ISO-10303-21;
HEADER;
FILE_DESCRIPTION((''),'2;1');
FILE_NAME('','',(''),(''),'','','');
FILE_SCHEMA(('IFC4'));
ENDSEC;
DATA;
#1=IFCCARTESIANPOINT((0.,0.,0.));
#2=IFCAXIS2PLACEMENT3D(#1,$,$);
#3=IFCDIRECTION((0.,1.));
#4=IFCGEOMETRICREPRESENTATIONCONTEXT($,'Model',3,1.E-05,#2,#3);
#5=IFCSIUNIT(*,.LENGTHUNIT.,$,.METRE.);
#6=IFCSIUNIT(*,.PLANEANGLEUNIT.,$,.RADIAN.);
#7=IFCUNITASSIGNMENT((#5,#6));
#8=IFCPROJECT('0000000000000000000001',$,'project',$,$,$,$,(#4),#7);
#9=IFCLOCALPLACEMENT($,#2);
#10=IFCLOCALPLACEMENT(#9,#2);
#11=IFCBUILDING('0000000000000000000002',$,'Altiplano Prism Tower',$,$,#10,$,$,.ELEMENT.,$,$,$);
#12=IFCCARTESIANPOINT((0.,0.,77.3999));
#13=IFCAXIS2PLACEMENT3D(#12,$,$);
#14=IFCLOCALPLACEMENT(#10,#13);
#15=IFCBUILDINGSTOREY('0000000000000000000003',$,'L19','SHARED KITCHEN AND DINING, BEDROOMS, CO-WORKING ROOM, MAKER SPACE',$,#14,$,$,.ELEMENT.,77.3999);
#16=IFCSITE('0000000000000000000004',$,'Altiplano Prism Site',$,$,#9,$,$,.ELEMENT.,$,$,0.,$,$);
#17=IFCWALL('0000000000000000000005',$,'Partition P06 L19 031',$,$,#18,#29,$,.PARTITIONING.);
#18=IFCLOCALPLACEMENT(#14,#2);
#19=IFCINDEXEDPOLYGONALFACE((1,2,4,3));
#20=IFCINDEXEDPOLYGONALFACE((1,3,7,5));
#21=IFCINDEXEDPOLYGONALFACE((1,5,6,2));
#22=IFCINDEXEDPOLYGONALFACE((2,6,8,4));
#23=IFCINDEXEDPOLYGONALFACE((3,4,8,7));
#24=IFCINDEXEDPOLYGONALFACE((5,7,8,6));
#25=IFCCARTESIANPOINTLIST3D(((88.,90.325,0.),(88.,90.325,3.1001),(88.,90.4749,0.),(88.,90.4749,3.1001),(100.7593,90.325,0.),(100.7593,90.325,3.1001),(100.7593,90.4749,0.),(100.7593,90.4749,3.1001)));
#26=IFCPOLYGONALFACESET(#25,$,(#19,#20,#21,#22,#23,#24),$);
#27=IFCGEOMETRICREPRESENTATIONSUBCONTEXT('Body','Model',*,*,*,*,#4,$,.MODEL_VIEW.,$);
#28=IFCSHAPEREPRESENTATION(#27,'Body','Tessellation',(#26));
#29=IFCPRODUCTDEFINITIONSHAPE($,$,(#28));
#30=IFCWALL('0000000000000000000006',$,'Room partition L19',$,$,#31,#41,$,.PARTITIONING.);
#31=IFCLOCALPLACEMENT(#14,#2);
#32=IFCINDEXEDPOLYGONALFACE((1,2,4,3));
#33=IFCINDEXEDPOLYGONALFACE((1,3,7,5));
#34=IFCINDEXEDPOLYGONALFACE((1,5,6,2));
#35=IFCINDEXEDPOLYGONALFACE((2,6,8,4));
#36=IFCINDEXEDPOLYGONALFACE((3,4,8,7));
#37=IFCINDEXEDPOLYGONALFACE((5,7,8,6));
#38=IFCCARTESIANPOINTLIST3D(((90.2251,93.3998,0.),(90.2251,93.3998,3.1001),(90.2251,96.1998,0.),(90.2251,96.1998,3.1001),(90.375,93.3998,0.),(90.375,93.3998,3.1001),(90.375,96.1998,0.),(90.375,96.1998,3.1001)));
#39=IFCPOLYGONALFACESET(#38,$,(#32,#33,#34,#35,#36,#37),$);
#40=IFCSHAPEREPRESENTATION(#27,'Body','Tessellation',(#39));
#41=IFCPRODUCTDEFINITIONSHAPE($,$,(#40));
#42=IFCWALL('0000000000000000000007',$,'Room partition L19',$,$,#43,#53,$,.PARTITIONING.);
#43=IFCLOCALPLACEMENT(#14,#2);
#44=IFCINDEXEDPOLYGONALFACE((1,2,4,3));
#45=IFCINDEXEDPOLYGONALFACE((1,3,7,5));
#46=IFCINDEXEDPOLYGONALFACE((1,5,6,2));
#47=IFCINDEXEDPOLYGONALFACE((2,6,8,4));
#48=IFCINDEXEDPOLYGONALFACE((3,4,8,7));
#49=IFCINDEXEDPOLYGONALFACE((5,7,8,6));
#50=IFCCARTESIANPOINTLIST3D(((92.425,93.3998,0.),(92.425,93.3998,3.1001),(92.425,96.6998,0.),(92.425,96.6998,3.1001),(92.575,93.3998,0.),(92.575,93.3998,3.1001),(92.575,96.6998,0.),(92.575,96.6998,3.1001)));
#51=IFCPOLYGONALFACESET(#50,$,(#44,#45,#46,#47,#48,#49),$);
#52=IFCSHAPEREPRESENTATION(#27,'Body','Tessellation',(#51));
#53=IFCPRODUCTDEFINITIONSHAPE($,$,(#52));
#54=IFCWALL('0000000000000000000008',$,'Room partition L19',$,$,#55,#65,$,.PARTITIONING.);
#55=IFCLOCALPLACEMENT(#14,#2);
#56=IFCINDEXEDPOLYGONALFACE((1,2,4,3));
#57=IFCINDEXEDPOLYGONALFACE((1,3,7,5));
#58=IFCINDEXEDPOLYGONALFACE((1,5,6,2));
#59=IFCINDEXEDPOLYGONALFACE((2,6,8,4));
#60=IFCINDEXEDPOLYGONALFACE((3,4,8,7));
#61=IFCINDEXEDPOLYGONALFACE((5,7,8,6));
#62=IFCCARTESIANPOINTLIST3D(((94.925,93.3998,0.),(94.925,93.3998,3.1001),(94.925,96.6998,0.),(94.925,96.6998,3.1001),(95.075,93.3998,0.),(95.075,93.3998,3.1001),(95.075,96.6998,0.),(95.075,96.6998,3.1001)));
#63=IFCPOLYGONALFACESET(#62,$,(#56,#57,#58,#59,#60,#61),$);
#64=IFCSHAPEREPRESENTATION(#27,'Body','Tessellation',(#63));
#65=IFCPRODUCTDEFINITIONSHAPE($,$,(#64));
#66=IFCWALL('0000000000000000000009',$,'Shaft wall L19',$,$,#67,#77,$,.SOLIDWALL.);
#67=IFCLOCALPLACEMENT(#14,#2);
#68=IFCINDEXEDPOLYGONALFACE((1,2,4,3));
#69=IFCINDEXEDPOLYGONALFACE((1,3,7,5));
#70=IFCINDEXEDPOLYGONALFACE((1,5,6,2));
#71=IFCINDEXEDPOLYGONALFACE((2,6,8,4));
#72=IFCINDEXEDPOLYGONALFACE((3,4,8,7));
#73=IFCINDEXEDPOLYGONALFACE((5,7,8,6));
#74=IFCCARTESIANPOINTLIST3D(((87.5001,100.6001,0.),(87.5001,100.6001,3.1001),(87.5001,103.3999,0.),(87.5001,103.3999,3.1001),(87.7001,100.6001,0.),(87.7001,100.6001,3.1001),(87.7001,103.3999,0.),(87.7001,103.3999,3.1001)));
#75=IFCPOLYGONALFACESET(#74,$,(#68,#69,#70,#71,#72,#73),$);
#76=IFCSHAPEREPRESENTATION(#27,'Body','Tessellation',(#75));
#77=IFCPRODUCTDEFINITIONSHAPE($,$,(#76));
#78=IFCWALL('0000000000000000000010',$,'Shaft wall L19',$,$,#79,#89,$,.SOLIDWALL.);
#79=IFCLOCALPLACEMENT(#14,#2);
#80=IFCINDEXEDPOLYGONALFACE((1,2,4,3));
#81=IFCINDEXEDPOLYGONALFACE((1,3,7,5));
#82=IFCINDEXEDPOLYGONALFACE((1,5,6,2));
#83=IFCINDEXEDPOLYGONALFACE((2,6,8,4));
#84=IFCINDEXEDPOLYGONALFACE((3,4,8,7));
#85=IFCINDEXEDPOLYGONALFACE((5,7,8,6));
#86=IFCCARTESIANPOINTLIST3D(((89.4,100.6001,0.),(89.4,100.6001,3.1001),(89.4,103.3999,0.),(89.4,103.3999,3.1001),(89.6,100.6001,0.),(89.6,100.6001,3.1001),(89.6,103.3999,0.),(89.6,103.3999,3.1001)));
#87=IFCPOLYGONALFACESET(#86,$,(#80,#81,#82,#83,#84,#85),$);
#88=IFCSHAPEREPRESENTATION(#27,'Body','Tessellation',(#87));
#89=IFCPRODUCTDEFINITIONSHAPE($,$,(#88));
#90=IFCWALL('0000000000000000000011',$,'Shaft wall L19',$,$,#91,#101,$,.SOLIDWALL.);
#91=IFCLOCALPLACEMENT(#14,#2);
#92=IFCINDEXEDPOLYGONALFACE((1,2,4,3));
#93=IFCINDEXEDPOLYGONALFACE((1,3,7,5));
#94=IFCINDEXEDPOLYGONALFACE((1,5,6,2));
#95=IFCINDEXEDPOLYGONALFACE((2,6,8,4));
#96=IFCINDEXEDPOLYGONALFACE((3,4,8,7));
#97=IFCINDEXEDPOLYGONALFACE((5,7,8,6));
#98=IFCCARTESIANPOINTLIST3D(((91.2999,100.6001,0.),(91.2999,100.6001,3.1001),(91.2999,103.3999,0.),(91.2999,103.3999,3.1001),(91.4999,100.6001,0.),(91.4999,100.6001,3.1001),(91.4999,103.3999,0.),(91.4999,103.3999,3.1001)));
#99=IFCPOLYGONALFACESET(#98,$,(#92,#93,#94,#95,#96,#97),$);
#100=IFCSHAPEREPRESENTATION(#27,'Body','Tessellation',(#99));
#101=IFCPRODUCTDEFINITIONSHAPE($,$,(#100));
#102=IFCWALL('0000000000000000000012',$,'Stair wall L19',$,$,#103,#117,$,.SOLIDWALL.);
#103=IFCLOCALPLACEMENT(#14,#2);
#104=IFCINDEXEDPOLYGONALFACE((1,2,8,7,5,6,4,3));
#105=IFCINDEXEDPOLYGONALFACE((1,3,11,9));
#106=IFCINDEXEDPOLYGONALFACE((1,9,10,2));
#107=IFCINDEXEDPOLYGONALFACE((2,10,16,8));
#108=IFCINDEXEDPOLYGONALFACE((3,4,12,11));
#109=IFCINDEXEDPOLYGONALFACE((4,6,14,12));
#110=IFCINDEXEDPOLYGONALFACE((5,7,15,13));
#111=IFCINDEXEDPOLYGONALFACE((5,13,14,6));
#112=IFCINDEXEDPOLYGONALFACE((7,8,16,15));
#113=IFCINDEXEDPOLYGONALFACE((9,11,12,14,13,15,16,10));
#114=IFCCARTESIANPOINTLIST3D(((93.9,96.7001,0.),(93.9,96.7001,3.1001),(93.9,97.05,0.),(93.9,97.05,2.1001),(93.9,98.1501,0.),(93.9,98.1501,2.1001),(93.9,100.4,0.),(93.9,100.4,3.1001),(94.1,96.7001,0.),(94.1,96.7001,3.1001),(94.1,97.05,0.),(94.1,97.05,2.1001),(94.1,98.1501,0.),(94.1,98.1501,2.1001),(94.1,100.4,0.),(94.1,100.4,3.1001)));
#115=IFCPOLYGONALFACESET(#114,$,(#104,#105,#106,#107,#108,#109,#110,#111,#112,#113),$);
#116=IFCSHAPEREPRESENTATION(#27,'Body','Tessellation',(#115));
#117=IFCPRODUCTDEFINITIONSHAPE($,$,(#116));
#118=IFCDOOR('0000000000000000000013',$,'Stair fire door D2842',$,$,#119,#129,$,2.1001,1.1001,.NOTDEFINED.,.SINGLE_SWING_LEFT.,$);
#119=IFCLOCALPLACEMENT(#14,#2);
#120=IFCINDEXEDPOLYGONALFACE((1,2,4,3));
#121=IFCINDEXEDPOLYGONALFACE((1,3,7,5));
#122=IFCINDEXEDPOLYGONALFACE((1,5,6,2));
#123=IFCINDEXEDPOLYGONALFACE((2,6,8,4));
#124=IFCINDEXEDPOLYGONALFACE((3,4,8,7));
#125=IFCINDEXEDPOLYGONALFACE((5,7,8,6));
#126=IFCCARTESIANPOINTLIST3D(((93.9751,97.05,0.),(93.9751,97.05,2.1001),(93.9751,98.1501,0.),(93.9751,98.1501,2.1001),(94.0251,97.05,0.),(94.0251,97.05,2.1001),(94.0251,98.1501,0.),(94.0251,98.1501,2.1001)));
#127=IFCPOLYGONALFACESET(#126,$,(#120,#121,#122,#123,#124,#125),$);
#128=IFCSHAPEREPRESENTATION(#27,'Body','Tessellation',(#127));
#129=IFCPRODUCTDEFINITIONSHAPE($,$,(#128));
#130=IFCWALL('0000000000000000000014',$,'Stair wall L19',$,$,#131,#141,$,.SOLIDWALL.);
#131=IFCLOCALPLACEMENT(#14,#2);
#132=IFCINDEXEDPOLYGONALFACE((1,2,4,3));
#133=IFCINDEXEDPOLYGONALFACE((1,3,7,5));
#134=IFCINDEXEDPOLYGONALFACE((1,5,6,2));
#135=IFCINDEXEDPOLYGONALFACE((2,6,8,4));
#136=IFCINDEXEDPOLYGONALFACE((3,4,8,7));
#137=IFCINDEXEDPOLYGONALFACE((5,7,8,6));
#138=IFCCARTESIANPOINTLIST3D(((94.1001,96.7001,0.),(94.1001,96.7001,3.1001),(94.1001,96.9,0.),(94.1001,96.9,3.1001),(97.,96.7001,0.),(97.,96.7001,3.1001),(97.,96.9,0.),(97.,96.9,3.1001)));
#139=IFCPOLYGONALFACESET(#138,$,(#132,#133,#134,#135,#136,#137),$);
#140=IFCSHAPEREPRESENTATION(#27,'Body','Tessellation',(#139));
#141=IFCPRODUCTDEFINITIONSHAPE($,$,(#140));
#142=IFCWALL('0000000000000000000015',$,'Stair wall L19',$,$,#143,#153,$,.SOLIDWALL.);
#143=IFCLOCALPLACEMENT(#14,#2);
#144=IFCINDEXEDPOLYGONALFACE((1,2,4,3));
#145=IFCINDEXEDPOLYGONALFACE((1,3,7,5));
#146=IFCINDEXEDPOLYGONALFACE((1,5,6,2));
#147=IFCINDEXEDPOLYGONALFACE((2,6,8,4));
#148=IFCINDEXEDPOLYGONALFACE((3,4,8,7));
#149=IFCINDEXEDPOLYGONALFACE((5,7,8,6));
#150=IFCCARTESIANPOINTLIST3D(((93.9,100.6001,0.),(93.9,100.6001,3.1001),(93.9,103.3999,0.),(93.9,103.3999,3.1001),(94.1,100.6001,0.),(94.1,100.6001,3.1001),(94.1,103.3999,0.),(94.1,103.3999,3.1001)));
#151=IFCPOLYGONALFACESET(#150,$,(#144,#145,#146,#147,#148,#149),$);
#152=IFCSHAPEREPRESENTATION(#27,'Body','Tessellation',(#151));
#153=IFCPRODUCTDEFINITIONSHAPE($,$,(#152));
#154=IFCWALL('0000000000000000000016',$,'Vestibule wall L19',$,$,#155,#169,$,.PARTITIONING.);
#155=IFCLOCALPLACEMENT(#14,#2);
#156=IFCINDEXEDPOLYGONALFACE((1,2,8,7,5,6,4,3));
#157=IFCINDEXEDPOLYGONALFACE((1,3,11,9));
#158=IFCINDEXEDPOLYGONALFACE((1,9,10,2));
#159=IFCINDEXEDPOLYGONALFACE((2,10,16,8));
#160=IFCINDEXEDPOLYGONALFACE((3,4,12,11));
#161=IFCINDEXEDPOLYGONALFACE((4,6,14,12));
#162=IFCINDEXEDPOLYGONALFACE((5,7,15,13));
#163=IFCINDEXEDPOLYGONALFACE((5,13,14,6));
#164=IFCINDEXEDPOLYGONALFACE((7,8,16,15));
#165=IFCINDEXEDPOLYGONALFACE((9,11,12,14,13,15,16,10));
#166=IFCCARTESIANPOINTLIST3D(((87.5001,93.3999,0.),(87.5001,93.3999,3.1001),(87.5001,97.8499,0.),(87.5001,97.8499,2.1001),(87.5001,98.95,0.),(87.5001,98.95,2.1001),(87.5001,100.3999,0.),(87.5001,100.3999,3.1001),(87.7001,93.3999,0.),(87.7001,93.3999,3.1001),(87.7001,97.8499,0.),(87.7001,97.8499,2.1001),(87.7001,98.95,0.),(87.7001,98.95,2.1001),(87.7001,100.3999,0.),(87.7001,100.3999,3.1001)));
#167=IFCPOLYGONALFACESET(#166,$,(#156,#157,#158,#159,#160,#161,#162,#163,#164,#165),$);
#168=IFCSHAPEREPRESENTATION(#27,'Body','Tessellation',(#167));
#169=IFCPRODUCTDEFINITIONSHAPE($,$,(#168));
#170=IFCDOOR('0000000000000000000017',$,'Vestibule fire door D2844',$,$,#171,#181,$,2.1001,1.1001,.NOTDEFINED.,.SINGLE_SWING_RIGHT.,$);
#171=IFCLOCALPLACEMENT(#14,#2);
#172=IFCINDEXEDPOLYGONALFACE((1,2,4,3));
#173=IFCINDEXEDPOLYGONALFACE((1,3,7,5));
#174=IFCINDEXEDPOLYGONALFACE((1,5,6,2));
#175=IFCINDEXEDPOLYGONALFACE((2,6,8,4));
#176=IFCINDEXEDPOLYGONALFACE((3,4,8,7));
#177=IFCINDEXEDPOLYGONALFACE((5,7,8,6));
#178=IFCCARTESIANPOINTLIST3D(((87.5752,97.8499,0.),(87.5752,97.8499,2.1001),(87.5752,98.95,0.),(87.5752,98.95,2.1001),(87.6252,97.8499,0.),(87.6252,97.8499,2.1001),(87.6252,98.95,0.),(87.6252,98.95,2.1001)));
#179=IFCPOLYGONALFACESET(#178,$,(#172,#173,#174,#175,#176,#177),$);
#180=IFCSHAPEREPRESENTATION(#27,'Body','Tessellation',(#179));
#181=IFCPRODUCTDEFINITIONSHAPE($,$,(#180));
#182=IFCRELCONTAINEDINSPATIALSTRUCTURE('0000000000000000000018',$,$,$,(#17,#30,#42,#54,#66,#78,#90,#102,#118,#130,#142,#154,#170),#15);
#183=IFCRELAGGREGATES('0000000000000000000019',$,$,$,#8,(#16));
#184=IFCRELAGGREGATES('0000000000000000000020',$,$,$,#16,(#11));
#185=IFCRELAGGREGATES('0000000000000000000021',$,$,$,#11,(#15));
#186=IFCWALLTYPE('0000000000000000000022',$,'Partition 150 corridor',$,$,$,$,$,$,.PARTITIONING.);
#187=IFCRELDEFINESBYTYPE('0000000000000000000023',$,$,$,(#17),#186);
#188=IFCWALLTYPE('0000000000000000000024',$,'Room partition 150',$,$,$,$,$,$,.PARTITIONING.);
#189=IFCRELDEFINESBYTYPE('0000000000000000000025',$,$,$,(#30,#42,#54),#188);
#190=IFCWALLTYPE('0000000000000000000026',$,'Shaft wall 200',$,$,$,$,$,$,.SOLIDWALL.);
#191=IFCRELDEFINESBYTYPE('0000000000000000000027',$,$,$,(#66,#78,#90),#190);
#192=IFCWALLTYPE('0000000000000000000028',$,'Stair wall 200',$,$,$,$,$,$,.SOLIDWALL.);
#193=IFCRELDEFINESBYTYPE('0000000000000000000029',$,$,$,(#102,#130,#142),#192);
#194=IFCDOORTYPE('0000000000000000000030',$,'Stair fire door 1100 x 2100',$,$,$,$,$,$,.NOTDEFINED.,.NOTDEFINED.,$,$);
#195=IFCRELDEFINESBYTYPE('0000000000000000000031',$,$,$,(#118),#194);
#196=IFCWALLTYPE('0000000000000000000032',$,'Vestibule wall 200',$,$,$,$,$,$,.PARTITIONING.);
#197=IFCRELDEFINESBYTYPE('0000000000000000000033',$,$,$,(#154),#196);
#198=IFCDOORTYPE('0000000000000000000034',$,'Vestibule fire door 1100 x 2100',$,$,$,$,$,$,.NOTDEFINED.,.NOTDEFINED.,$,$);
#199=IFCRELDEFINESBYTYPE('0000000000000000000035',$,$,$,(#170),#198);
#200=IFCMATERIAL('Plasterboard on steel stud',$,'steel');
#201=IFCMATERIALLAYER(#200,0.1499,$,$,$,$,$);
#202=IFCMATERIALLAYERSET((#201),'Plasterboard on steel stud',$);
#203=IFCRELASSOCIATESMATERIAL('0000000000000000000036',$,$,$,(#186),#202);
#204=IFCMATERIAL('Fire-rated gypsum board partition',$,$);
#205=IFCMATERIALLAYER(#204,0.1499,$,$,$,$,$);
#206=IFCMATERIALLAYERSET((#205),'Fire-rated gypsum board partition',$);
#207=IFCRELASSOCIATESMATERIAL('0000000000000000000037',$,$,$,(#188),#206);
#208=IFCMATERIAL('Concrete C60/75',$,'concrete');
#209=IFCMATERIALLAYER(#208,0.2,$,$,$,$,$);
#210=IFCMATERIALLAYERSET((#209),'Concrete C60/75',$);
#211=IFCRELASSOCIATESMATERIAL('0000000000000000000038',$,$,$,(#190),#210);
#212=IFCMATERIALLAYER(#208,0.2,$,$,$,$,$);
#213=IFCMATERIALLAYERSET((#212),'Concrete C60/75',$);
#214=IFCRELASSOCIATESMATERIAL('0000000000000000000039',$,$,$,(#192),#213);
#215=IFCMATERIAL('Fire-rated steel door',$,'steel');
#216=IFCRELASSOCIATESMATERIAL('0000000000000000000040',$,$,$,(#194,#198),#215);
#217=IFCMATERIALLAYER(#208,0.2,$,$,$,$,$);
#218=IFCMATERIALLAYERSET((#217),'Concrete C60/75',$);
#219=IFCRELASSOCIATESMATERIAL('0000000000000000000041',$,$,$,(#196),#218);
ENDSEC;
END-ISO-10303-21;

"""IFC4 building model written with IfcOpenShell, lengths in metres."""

from ifc_helpers import new_model, si_unit, direction, frame, frame_2d, origin, place, context, subcontext, project, spatial, rectangle, extrude, material, layer, layer_set, type_object, element, fill, save


model = new_model("IFC4")

# Units and contexts
model_context = context("Model", 3, precision=1e-05, world=origin(), true_north=direction((0.0, 1.0)))
body_context = subcontext(model_context, "Body", "Model", "MODEL_VIEW")
ifc_project = project(units=[si_unit("LENGTHUNIT", "METRE"), si_unit("PLANEANGLEUNIT", "RADIAN")], contexts=[model_context])

# Site, building, storey
site_placement = place(None, origin())
site = spatial("IfcSite", under=ifc_project, at=site_placement, Name="Altiplano Prism Site", CompositionType="ELEMENT", RefElevation=0.0)
building_placement = place(site_placement, origin())
building = spatial("IfcBuilding", under=site, at=building_placement, Name="Altiplano Prism Tower", CompositionType="ELEMENT")
storey_placement = place(building_placement, frame((0.0, 0.0, 77.3999)))
storey = spatial("IfcBuildingStorey", under=building, at=storey_placement, Name="L19", Description="SHARED KITCHEN AND DINING, BEDROOMS, CO-WORKING ROOM, MAKER SPACE", CompositionType="ELEMENT", Elevation=77.3999)

# Walls
ifc_material_1 = material(Name="Plasterboard on steel stud", Category="steel")
ifc_layer_1 = layer(ifc_material_1, 0.1499)
ifc_layer_set_1 = layer_set([ifc_layer_1], Name="Plasterboard on steel stud")
wall_type_1 = type_object("IfcWallType", Name="Partition 150 corridor", PredefinedType="PARTITIONING", material=ifc_layer_set_1)
wall_1_placement = place(storey_placement, frame((88.0, 90.3999, 0.0), z_axis=(0.0, 0.0, 1.0), x_axis=(1.0, 0.0, 0.0)))
element("IfcWall", 1, at=wall_1_placement, inside=storey, type_object=wall_type_1, Name="Partition P06 L19 031", PredefinedType="PARTITIONING", context=body_context, shape_type="SweptSolid", body=[
    extrude(rectangle(XDim=12.7593, YDim=0.1499, at=frame_2d((6.3796, 0.0))), origin(), (0.0, 0.0, 1.0), 3.1001),
])
ifc_material_2 = material(Name="Fire-rated gypsum board partition")
ifc_layer_2 = layer(ifc_material_2, 0.1499)
ifc_layer_set_2 = layer_set([ifc_layer_2], Name="Fire-rated gypsum board partition")
wall_type_2 = type_object("IfcWallType", Name="Room partition 150", PredefinedType="PARTITIONING", material=ifc_layer_set_2)
wall_2_placement = place(storey_placement, frame((90.3, 93.3999, 0.0), z_axis=(0.0, 0.0, 1.0), x_axis=(0.0, 1.0, 0.0)))
element("IfcWall", 2, at=wall_2_placement, inside=storey, type_object=wall_type_2, Name="Room partition L19", PredefinedType="PARTITIONING", context=body_context, shape_type="SweptSolid", body=[
    extrude(rectangle(XDim=2.8, YDim=0.1499, at=frame_2d((1.3999, 0.0))), origin(), (0.0, 0.0, 1.0), 3.1001),
])
for number, where, z_axis, x_axis, name in (
    (3, (92.5, 93.3999, 0.0), (0.0, 0.0, 1.0), (0.0, 1.0, 0.0), "Room partition L19"),
    (4, (95.0, 93.3999, 0.0), (0.0, 0.0, 1.0), (0.0, 1.0, 0.0), "Room partition L19"),
):
    element("IfcWall", number, at=place(storey_placement, frame(where, z_axis=z_axis, x_axis=x_axis)), inside=storey, type_object=wall_type_2, Name=name, PredefinedType="PARTITIONING", context=body_context, shape_type="SweptSolid", body=[
        extrude(rectangle(XDim=3.3, YDim=0.1499, at=frame_2d((1.6499, 0.0))), origin(), (0.0, 0.0, 1.0), 3.1001),
    ])
ifc_material_3 = material(Name="Concrete C60/75", Category="concrete")
ifc_layer_3 = layer(ifc_material_3, 0.2)
ifc_layer_set_3 = layer_set([ifc_layer_3], Name="Concrete C60/75")
wall_type_3 = type_object("IfcWallType", Name="Shaft wall 200", PredefinedType="SOLIDWALL", material=ifc_layer_set_3)
for number, where, z_axis, x_axis, name in (
    (5, (87.6001, 100.6001, 0.0), (0.0, 0.0, 1.0), (0.0, 1.0, 0.0), "Shaft wall L19"),
    (6, (89.5, 100.6001, 0.0), (0.0, 0.0, 1.0), (0.0, 1.0, 0.0), "Shaft wall L19"),
    (7, (91.3999, 100.6001, 0.0), (0.0, 0.0, 1.0), (0.0, 1.0, 0.0), "Shaft wall L19"),
):
    element("IfcWall", number, at=place(storey_placement, frame(where, z_axis=z_axis, x_axis=x_axis)), inside=storey, type_object=wall_type_3, Name=name, PredefinedType="SOLIDWALL", context=body_context, shape_type="SweptSolid", body=[
        extrude(rectangle(XDim=2.7998, YDim=0.2, at=frame_2d((1.3999, 0.0))), origin(), (0.0, 0.0, 1.0), 3.1001),
    ])

# Wall, opening, door
ifc_layer_4 = layer(ifc_material_3, 0.2)
ifc_layer_set_4 = layer_set([ifc_layer_4], Name="Concrete C60/75")
wall_type_4 = type_object("IfcWallType", Name="Stair wall 200", PredefinedType="SOLIDWALL", material=ifc_layer_set_4)
wall_3_placement = place(storey_placement, frame((94.0, 96.7, 0.0), z_axis=(0.0, 0.0, 1.0), x_axis=(0.0, 1.0, 0.0)))
wall_3 = element("IfcWall", 8, at=wall_3_placement, inside=storey, type_object=wall_type_4, Name="Stair wall L19", PredefinedType="SOLIDWALL", context=body_context, shape_type="SweptSolid", body=[
    extrude(rectangle(XDim=3.7, YDim=0.2, at=frame_2d((1.8501, 0.0))), origin(), (0.0, 0.0, 1.0), 3.1001),
])
opening_1_placement = place(wall_3_placement, frame((0.3501, 0.0, 0.0)))
opening_1 = element("IfcOpeningElement", 9, at=opening_1_placement, cuts=wall_3, PredefinedType="OPENING", context=body_context, shape_type="SweptSolid", body=[
    extrude(rectangle(XDim=1.1001, YDim=2.1001, at=frame_2d((0.55, 1.05))), frame((0.0, 0.1104, 0.0), z_axis=(0.0, -1.0, 0.0), x_axis=(1.0, 0.0, 0.0)), (0.0, 0.0, 1.0), 0.2209),
])
ifc_material_4 = material(Name="Fire-rated steel door", Category="steel")
door_type_1 = type_object("IfcDoorType", Name="Stair fire door 1100 x 2100", OperationType="NOTDEFINED", PredefinedType="NOTDEFINED", material=ifc_material_4)
door_1_placement = place(opening_1_placement, origin())
door_1 = element("IfcDoor", 10, at=door_1_placement, inside=storey, type_object=door_type_1, Name="Stair fire door D2842", OperationType="SINGLE_SWING_LEFT", OverallHeight=2.1001, OverallWidth=1.1001, PredefinedType="NOTDEFINED", context=body_context, shape_type="SweptSolid", body=[
    extrude(rectangle(XDim=1.1001, YDim=2.1001, at=frame_2d((0.55, 1.05))), frame((0.0, 0.0249, 0.0), z_axis=(0.0, -1.0, 0.0), x_axis=(1.0, 0.0, 0.0)), (0.0, 0.0, 1.0), 0.05),
])
fill(opening_1, door_1)

# Walls
wall_4_placement = place(storey_placement, frame((94.1001, 96.8, 0.0), z_axis=(0.0, 0.0, 1.0), x_axis=(1.0, 0.0, 0.0)))
element("IfcWall", 11, at=wall_4_placement, inside=storey, type_object=wall_type_4, Name="Stair wall L19", PredefinedType="SOLIDWALL", context=body_context, shape_type="SweptSolid", body=[
    extrude(rectangle(XDim=2.8999, YDim=0.2, at=frame_2d((1.45, 0.0))), origin(), (0.0, 0.0, 1.0), 3.1001),
])
wall_5_placement = place(storey_placement, frame((94.0, 100.6001, 0.0), z_axis=(0.0, 0.0, 1.0), x_axis=(0.0, 1.0, 0.0)))
element("IfcWall", 12, at=wall_5_placement, inside=storey, type_object=wall_type_4, Name="Stair wall L19", PredefinedType="SOLIDWALL", context=body_context, shape_type="SweptSolid", body=[
    extrude(rectangle(XDim=2.7998, YDim=0.2, at=frame_2d((1.3999, 0.0))), origin(), (0.0, 0.0, 1.0), 3.1001),
])

# Wall, opening, door
ifc_layer_5 = layer(ifc_material_3, 0.2)
ifc_layer_set_5 = layer_set([ifc_layer_5], Name="Concrete C60/75")
wall_type_5 = type_object("IfcWallType", Name="Vestibule wall 200", PredefinedType="PARTITIONING", material=ifc_layer_set_5)
wall_6_placement = place(storey_placement, frame((87.6001, 93.3999, 0.0), z_axis=(0.0, 0.0, 1.0), x_axis=(0.0, 1.0, 0.0)))
wall_6 = element("IfcWall", 13, at=wall_6_placement, inside=storey, type_object=wall_type_5, Name="Vestibule wall L19", PredefinedType="PARTITIONING", context=body_context, shape_type="SweptSolid", body=[
    extrude(rectangle(XDim=7.0, YDim=0.2, at=frame_2d((3.5, 0.0))), origin(), (0.0, 0.0, 1.0), 3.1001),
])
opening_2_placement = place(wall_6_placement, frame((4.45, 0.0, 0.0)))
opening_2 = element("IfcOpeningElement", 14, at=opening_2_placement, cuts=wall_6, PredefinedType="OPENING", context=body_context, shape_type="SweptSolid", body=[
    extrude(rectangle(XDim=1.1001, YDim=2.1001, at=frame_2d((0.55, 1.05))), frame((0.0, 0.1104, 0.0), z_axis=(0.0, -1.0, 0.0), x_axis=(1.0, 0.0, 0.0)), (0.0, 0.0, 1.0), 0.2209),
])
door_type_2 = type_object("IfcDoorType", Name="Vestibule fire door 1100 x 2100", OperationType="NOTDEFINED", PredefinedType="NOTDEFINED", material=ifc_material_4)
door_2_placement = place(opening_2_placement, origin())
door_2 = element("IfcDoor", 15, at=door_2_placement, inside=storey, type_object=door_type_2, Name="Vestibule fire door D2844", OperationType="SINGLE_SWING_RIGHT", OverallHeight=2.1001, OverallWidth=1.1001, PredefinedType="NOTDEFINED", context=body_context, shape_type="SweptSolid", body=[
    extrude(rectangle(XDim=1.1001, YDim=2.1001, at=frame_2d((0.55, 1.05))), frame((0.0, 0.0249, 0.0), z_axis=(0.0, -1.0, 0.0), x_axis=(1.0, 0.0, 0.0)), (0.0, 0.0, 1.0), 0.05),
])
fill(opening_2, door_2)

save(model, "model.ifc")
